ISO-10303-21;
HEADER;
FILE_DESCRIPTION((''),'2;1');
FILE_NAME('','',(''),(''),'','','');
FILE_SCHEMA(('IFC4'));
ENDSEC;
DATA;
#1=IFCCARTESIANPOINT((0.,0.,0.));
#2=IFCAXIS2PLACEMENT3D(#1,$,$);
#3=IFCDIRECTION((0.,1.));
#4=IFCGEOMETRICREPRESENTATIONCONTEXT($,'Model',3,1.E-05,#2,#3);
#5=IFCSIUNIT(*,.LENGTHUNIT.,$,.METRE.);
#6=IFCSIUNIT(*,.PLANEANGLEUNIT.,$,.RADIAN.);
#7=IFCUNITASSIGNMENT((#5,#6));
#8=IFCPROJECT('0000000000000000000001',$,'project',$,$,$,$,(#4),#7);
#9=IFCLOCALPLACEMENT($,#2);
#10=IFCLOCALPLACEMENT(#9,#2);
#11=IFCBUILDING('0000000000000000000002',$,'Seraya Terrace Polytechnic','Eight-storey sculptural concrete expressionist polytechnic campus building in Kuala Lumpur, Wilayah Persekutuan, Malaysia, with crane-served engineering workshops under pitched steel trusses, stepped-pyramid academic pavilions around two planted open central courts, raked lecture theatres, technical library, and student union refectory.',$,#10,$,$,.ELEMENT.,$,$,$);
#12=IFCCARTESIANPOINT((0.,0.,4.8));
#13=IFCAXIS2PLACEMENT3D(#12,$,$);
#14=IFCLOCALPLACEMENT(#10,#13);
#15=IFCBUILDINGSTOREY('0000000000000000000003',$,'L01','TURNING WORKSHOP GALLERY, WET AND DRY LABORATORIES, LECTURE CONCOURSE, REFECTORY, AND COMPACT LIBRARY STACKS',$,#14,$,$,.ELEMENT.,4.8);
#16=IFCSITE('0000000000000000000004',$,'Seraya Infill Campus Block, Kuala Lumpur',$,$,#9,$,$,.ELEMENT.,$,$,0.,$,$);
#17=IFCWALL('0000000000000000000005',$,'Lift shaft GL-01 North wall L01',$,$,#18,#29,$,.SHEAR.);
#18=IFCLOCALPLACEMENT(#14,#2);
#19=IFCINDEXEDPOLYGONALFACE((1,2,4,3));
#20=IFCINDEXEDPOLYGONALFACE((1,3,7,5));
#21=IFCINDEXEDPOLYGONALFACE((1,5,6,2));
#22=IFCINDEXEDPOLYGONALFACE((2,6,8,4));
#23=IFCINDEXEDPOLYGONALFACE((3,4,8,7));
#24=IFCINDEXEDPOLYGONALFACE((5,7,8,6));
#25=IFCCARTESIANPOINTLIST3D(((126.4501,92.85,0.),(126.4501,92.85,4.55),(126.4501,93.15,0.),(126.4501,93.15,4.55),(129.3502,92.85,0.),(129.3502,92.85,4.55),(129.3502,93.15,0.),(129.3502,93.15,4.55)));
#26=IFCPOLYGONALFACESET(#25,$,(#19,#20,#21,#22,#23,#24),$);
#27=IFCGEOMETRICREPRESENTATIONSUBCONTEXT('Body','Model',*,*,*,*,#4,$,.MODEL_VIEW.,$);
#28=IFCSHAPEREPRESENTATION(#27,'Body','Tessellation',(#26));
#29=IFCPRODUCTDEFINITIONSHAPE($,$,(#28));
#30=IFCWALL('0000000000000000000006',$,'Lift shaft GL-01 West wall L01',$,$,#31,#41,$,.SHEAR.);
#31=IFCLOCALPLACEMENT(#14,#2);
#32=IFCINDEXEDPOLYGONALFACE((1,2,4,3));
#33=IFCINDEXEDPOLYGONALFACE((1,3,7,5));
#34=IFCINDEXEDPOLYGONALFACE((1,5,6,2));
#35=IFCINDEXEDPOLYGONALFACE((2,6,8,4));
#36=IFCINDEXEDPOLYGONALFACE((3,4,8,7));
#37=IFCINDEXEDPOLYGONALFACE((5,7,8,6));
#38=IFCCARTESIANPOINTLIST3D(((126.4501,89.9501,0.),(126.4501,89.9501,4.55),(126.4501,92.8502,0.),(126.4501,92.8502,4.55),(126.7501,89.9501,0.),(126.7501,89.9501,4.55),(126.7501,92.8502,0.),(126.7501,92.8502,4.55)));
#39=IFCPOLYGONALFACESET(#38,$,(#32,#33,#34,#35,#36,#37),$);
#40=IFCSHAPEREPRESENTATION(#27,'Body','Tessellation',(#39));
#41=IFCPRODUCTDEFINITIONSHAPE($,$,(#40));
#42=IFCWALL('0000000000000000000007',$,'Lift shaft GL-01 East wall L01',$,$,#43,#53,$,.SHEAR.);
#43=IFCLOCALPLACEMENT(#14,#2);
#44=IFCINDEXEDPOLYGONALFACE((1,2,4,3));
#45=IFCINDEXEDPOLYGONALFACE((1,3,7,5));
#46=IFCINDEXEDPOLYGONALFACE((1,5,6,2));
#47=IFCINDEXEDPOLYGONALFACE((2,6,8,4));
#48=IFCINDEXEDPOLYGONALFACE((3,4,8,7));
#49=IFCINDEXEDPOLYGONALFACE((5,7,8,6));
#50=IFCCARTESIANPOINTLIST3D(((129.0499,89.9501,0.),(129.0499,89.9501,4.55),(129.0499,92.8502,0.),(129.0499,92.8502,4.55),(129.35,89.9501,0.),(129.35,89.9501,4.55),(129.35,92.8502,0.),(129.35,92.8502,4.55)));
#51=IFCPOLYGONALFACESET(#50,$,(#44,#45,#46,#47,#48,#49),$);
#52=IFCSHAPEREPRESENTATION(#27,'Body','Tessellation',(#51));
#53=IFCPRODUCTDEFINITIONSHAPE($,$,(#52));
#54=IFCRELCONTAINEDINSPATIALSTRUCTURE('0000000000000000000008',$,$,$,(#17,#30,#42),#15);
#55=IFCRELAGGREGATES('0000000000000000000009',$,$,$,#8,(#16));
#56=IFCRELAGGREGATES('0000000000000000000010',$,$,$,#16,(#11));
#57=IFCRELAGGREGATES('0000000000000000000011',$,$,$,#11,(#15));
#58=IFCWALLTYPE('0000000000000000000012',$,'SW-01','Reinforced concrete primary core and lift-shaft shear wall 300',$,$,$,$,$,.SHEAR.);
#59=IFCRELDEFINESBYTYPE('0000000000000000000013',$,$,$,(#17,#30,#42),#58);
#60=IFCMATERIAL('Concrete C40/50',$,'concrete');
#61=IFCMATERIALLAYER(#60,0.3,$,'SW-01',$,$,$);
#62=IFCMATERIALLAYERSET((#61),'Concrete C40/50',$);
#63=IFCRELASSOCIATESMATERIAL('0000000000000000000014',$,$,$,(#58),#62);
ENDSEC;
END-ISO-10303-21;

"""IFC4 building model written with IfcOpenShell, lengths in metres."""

from ifc_helpers import new_model, si_unit, direction, frame, frame_2d, origin, place, context, subcontext, project, spatial, rectangle, extrude, material, layer, layer_set, type_object, element, save


model = new_model("IFC4")

# Units and contexts
model_context = context("Model", 3, precision=1e-05, world=origin(), true_north=direction((0.0, 1.0)))
body_context = subcontext(model_context, "Body", "Model", "MODEL_VIEW")
ifc_project = project(units=[si_unit("LENGTHUNIT", "METRE"), si_unit("PLANEANGLEUNIT", "RADIAN")], contexts=[model_context])

# Site, building, storey
site_placement = place(None, origin())
site = spatial("IfcSite", under=ifc_project, at=site_placement, Name="Seraya Infill Campus Block, Kuala Lumpur", CompositionType="ELEMENT", RefElevation=0.0)
building_placement = place(site_placement, origin())
building = spatial("IfcBuilding", under=site, at=building_placement, Name="Seraya Terrace Polytechnic", Description="Eight-storey sculptural concrete expressionist polytechnic campus building in Kuala Lumpur, Wilayah Persekutuan, Malaysia, with crane-served engineering workshops under pitched steel trusses, stepped-pyramid academic pavilions around two planted open central courts, raked lecture theatres, technical library, and student union refectory.", CompositionType="ELEMENT")
storey_placement = place(building_placement, frame((0.0, 0.0, 4.8)))
storey = spatial("IfcBuildingStorey", under=building, at=storey_placement, Name="L01", Description="TURNING WORKSHOP GALLERY, WET AND DRY LABORATORIES, LECTURE CONCOURSE, REFECTORY, AND COMPACT LIBRARY STACKS", CompositionType="ELEMENT", Elevation=4.8)

# Shared definitions
ifc_material_1 = material(Name="Concrete C40/50", Category="concrete")

# Shared definitions
ifc_layer_1 = layer(ifc_material_1, 0.3, Name="SW-01")
ifc_layer_set_1 = layer_set([ifc_layer_1], Name="Concrete C40/50")
wall_type_1 = type_object("IfcWallType", Name="SW-01", Description="Reinforced concrete primary core and lift-shaft shear wall 300", PredefinedType="SHEAR", material=ifc_layer_set_1)

# Walls
for number, where, z_axis, x_axis, name in (
    (1, (126.45, 93.0, 0.0), (0.0, 0.0, 1.0), (1.0, 0.0, 0.0), "Lift shaft GL-01 North wall L01"),
    (2, (126.6001, 89.95, 0.0), (0.0, 0.0, 1.0), (0.0, 1.0, 0.0), "Lift shaft GL-01 West wall L01"),
    (3, (129.2, 89.95, 0.0), (0.0, 0.0, 1.0), (0.0, 1.0, 0.0), "Lift shaft GL-01 East wall L01"),
):
    element("IfcWall", number, at=place(storey_placement, frame(where, z_axis=z_axis, x_axis=x_axis)), inside=storey, type_object=wall_type_1, Name=name, PredefinedType="SHEAR", context=body_context, shape_type="SweptSolid", body=[
        extrude(rectangle(XDim=2.9001, YDim=0.3, at=frame_2d((1.4502, 0.0))), origin(), (0.0, 0.0, 1.0), 4.55),
    ])

save(model, "model.ifc")
